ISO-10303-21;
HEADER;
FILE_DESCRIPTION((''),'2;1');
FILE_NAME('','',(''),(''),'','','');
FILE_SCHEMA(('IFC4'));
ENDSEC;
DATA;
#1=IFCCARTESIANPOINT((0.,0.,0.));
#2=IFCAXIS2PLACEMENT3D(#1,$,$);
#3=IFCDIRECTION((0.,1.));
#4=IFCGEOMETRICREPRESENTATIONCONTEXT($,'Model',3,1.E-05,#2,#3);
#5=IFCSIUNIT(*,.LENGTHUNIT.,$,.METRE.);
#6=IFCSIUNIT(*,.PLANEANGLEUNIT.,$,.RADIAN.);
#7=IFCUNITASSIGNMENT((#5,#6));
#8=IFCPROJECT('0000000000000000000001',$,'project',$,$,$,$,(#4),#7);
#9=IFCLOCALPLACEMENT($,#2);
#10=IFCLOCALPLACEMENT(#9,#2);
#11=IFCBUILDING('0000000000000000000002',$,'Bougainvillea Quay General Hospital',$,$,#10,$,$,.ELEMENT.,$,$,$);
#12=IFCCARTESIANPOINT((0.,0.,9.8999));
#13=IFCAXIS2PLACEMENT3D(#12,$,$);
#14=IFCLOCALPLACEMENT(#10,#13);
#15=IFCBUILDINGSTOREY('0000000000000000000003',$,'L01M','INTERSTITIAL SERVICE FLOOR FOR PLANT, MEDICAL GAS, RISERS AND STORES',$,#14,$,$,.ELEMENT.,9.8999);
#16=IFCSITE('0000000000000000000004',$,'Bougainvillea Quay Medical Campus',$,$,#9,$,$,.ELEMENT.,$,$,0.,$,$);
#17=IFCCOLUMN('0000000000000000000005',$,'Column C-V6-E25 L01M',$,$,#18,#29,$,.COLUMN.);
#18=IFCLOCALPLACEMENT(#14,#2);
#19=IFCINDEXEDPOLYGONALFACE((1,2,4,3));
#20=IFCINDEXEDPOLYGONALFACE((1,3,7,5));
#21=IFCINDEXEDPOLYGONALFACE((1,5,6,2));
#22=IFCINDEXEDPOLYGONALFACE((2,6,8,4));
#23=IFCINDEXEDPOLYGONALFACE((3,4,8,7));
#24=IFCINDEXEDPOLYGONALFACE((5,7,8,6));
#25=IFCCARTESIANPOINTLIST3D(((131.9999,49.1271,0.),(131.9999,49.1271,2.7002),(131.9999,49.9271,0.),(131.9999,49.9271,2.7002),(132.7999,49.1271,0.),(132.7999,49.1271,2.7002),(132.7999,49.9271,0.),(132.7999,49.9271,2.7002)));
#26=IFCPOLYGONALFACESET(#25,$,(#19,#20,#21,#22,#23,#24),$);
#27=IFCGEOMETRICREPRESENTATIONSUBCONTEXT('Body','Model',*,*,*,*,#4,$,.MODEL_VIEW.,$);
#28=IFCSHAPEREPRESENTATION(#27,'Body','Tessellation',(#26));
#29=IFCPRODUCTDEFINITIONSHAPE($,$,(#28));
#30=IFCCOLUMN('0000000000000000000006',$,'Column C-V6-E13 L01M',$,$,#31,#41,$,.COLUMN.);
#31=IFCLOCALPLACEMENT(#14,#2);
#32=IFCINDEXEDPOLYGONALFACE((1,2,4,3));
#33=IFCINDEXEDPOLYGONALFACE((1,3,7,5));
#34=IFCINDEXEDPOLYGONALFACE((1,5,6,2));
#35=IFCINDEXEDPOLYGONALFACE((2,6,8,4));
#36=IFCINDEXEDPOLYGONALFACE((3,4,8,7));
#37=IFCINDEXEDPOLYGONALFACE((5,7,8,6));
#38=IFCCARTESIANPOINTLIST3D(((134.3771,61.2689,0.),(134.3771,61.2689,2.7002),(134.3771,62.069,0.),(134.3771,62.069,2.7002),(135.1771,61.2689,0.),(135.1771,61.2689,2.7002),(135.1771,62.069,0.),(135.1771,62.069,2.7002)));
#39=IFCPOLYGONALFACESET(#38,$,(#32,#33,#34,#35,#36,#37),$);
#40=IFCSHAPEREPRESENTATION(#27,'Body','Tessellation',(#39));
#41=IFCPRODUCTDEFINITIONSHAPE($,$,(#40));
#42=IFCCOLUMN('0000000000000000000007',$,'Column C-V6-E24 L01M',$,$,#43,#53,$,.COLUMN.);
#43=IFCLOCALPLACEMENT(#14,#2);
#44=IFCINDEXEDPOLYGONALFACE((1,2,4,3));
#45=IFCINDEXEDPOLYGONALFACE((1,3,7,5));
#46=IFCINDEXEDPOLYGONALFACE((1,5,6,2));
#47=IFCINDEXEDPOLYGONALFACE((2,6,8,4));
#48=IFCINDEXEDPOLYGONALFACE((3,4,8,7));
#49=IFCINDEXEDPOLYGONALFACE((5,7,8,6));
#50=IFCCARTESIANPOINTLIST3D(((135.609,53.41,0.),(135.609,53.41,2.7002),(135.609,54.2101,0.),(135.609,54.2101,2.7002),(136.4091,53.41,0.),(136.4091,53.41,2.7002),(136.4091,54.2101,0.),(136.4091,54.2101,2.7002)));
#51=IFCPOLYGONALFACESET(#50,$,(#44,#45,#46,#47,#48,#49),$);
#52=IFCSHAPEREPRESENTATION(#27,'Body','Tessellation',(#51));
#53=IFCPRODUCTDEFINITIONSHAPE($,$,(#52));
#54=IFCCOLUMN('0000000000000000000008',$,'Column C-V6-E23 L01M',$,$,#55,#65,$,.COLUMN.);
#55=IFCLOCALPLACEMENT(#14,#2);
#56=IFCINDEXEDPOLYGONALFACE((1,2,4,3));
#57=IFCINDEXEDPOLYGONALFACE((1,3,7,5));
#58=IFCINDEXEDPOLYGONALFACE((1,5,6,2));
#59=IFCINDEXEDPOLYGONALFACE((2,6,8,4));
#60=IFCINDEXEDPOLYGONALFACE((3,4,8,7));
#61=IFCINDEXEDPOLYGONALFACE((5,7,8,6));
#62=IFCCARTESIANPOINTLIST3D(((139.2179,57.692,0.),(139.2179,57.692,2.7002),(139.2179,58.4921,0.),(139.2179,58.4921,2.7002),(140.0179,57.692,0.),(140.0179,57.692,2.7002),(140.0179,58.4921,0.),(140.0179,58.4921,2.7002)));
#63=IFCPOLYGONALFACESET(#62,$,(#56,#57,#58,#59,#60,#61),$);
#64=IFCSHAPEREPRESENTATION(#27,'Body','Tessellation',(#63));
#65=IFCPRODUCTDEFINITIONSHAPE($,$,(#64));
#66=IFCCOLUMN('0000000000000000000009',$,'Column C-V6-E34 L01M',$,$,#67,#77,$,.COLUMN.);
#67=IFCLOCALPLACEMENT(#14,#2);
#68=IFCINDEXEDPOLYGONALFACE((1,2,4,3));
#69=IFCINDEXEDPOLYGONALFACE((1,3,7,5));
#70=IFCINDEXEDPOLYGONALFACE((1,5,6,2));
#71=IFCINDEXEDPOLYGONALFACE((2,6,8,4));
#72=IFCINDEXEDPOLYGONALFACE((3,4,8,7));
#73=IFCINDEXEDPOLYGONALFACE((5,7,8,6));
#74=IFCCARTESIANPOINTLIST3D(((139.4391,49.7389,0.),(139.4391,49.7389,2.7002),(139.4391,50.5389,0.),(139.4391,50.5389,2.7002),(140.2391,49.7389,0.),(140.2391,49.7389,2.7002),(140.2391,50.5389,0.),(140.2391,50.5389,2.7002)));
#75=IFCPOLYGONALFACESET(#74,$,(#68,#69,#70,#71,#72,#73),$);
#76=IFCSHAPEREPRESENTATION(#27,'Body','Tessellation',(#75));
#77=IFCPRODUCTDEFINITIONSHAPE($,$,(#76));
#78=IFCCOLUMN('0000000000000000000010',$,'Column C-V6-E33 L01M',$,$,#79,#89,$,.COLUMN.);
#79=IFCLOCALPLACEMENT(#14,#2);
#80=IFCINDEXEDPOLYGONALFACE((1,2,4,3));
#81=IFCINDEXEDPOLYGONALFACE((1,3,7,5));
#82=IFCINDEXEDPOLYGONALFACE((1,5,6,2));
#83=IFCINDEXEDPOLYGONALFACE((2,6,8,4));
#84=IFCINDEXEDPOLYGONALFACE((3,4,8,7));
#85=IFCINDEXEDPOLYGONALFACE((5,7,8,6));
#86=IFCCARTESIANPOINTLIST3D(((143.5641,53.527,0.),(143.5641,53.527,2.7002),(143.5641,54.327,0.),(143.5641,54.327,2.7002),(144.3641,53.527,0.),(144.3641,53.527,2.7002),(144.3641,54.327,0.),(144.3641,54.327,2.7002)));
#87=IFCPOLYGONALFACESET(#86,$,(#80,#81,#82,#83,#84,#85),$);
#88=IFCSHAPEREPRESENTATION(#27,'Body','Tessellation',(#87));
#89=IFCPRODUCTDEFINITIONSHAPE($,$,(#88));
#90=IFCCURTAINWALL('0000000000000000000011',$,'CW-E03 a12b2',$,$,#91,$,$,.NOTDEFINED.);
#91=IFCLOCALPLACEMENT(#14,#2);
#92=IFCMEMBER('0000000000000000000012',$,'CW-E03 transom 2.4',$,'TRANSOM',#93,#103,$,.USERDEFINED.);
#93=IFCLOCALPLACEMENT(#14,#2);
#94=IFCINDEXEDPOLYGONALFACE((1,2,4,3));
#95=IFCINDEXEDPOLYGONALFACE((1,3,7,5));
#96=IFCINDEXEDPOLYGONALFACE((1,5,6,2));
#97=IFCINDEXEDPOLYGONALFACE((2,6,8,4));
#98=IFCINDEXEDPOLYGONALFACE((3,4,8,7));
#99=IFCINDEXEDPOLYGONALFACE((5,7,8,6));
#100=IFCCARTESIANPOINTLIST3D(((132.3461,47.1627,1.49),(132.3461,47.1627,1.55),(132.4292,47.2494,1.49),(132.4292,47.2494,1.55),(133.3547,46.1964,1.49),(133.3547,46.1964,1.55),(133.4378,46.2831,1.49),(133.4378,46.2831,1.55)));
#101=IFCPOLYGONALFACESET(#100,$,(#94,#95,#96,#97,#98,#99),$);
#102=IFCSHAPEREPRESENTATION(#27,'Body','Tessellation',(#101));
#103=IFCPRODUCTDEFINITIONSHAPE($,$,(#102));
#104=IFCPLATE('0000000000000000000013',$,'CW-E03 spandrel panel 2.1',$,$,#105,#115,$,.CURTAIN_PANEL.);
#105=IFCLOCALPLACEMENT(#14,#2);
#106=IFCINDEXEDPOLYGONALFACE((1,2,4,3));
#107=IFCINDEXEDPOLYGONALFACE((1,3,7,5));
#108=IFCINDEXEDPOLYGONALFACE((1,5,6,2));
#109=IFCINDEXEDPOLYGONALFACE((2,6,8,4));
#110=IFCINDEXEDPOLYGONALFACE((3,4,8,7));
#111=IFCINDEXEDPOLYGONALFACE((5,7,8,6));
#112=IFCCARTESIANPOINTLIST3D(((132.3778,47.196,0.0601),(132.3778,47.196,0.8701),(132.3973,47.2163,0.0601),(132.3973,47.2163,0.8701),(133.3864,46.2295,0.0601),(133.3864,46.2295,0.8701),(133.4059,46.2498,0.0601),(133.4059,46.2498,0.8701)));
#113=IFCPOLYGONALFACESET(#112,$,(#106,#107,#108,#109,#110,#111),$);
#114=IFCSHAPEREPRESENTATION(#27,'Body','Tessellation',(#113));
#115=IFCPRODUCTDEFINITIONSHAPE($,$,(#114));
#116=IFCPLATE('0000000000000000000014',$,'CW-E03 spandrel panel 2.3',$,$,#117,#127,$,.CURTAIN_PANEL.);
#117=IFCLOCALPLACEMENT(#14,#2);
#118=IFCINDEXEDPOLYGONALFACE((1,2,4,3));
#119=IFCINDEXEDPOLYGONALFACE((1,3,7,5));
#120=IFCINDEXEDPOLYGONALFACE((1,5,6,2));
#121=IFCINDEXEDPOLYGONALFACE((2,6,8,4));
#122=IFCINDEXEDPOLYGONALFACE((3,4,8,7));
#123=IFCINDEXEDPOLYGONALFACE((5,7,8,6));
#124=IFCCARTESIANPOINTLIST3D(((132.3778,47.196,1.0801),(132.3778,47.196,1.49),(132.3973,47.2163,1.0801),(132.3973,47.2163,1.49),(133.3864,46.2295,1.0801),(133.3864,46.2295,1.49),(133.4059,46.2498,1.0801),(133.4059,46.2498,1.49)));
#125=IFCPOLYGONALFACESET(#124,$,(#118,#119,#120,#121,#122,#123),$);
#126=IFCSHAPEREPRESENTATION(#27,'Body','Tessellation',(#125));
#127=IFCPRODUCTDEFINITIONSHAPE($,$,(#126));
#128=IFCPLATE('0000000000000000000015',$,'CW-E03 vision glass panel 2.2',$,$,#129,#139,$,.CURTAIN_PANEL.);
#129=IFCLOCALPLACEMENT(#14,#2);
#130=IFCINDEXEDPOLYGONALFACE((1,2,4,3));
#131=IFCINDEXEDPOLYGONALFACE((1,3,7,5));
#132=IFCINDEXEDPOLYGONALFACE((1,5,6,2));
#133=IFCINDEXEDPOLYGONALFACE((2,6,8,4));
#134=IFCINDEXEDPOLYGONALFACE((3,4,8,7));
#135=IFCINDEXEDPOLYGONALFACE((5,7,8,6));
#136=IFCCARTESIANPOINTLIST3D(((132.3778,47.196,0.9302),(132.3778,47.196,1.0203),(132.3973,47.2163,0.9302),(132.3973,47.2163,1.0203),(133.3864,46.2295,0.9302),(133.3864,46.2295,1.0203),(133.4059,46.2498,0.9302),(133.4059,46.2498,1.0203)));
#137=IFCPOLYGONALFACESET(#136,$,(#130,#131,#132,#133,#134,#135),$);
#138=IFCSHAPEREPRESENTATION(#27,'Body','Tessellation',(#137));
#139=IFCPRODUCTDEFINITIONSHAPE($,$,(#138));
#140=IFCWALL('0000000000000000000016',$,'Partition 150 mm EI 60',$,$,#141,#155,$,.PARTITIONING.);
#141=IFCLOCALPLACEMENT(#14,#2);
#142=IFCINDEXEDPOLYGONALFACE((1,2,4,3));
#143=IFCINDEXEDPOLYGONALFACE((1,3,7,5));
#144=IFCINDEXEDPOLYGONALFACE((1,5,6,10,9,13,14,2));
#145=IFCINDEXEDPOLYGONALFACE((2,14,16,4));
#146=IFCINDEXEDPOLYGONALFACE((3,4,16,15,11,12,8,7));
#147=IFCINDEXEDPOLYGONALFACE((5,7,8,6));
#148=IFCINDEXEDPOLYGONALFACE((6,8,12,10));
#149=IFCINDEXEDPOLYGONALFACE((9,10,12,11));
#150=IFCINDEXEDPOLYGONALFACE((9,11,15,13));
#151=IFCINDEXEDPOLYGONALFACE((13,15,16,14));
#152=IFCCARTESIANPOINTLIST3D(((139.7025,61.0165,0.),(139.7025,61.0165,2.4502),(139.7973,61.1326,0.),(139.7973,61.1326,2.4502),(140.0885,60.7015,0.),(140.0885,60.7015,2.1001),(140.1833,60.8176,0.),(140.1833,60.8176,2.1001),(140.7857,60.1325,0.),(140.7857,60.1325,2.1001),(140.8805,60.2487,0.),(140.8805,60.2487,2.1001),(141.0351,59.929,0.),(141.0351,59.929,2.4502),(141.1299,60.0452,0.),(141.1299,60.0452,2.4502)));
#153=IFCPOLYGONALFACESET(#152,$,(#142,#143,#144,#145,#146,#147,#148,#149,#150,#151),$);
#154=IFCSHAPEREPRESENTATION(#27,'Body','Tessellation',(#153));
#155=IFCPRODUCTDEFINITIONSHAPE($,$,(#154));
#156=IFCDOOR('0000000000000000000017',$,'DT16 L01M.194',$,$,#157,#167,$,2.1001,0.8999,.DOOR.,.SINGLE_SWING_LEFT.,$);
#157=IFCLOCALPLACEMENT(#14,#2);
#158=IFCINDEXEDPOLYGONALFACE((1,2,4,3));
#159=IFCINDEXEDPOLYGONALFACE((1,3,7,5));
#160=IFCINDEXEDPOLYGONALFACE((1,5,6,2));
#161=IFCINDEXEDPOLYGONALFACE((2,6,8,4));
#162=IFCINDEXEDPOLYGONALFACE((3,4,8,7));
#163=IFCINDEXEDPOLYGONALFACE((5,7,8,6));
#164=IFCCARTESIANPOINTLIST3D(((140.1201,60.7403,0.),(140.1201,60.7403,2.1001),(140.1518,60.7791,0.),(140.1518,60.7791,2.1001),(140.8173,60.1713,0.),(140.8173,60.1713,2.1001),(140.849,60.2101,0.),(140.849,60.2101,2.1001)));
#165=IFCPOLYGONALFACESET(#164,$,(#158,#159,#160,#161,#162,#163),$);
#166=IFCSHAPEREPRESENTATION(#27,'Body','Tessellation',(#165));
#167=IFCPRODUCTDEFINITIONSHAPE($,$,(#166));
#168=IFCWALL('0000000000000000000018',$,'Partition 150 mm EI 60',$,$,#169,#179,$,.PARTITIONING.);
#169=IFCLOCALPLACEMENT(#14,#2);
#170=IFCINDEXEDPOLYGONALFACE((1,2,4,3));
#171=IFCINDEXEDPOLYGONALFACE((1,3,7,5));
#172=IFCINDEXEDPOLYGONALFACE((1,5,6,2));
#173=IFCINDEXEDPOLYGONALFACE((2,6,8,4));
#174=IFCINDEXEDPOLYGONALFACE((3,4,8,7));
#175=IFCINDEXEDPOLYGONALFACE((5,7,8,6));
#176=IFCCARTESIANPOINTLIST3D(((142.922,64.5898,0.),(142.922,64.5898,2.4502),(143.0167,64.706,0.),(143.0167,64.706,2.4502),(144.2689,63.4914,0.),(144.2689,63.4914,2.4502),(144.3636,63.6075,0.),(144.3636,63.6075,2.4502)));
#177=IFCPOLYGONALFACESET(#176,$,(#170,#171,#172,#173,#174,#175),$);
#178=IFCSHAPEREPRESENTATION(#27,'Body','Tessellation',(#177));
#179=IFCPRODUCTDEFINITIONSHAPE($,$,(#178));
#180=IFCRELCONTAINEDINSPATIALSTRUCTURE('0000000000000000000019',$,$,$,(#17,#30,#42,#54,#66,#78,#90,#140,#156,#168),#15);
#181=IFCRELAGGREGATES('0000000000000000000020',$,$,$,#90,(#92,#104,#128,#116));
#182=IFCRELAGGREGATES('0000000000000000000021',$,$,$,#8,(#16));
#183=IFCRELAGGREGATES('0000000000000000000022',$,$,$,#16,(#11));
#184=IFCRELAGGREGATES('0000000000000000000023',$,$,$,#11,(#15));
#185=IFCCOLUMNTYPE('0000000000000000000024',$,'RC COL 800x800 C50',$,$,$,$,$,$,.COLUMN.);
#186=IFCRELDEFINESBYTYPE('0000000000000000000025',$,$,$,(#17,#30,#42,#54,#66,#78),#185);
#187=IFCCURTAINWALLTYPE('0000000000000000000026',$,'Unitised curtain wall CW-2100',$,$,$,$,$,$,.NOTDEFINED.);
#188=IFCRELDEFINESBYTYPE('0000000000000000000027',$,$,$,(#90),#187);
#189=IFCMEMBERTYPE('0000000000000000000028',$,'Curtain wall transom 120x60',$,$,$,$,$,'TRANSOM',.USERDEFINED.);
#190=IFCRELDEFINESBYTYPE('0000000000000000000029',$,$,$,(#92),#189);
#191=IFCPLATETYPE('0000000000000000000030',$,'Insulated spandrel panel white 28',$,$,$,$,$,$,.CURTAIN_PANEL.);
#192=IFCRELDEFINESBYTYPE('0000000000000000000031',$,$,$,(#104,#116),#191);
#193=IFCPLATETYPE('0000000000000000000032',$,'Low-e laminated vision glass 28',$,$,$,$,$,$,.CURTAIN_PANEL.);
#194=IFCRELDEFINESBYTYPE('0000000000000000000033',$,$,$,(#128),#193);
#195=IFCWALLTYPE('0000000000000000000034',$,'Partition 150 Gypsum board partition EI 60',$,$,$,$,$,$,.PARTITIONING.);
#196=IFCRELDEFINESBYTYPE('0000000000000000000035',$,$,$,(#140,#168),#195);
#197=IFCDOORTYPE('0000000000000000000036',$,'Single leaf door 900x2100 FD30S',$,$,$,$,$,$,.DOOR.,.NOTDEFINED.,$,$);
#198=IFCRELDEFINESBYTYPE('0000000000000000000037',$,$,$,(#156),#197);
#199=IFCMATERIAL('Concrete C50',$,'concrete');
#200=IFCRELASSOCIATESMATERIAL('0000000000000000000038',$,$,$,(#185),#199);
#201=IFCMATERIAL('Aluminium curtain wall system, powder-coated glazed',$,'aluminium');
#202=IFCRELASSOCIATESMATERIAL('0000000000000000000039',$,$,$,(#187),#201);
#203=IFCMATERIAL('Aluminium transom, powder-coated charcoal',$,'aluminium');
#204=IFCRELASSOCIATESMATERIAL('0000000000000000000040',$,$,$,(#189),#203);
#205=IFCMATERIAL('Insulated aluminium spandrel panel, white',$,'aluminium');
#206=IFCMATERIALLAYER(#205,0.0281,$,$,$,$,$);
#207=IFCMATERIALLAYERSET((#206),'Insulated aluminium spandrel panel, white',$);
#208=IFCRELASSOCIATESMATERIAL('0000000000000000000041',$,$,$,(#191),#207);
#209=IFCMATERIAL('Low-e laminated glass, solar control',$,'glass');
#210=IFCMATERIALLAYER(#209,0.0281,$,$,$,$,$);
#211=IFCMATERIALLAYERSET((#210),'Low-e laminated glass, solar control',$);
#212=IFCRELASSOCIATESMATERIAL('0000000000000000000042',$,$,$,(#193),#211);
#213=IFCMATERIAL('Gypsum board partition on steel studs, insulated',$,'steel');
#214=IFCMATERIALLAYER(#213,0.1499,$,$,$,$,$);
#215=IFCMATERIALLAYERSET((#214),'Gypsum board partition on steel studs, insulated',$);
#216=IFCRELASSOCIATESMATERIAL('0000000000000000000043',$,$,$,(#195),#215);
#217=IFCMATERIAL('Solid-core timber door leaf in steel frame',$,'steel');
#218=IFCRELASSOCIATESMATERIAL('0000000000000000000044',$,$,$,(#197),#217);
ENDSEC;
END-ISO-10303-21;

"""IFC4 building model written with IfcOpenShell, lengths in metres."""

from ifc_helpers import new_model, si_unit, direction, frame, frame_2d, origin, origin_2d, place, context, subcontext, project, spatial, rectangle, extrude, material, layer, layer_set, material_profile, profile_set, type_object, element, fill, aggregate, save


model = new_model("IFC4")

# Units and contexts
model_context = context("Model", 3, precision=1e-05, world=origin(), true_north=direction((0.0, 1.0)))
body_context = subcontext(model_context, "Body", "Model", "MODEL_VIEW")
ifc_project = project(units=[si_unit("LENGTHUNIT", "METRE"), si_unit("PLANEANGLEUNIT", "RADIAN")], contexts=[model_context])

# Site, building, storey
site_placement = place(None, origin())
site = spatial("IfcSite", under=ifc_project, at=site_placement, Name="Bougainvillea Quay Medical Campus", CompositionType="ELEMENT", RefElevation=0.0)
building_placement = place(site_placement, origin())
building = spatial("IfcBuilding", under=site, at=building_placement, Name="Bougainvillea Quay General Hospital", CompositionType="ELEMENT")
storey_placement = place(building_placement, frame((0.0, 0.0, 9.8999)))
storey = spatial("IfcBuildingStorey", under=building, at=storey_placement, Name="L01M", Description="INTERSTITIAL SERVICE FLOOR FOR PLANT, MEDICAL GAS, RISERS AND STORES", CompositionType="ELEMENT", Elevation=9.8999)

# Columns
ifc_material_1 = material(Name="Concrete C50", Category="concrete")
ifc_material_profile_1 = material_profile(ifc_material_1, rectangle(XDim=0.8, YDim=0.8, at=origin_2d()))
ifc_profile_set_1 = profile_set([ifc_material_profile_1], Name="Concrete C50")
column_type = type_object("IfcColumnType", Name="RC COL 800x800 C50", PredefinedType="COLUMN", material=ifc_profile_set_1)
for number, where, z_axis, x_axis, name in (
    (1, (132.3999, 49.5271, 0.0), (0.0, 0.0, 1.0), (1.0, 0.0, 0.0), "Column C-V6-E25 L01M"),
    (2, (134.7771, 61.6689, 0.0), (0.0, 0.0, 1.0), (1.0, 0.0, 0.0), "Column C-V6-E13 L01M"),
    (3, (136.009, 53.8101, 0.0), (0.0, 0.0, 1.0), (1.0, 0.0, 0.0), "Column C-V6-E24 L01M"),
    (4, (139.6179, 58.092, 0.0), (0.0, 0.0, 1.0), (1.0, 0.0, 0.0), "Column C-V6-E23 L01M"),
    (5, (139.8391, 50.1389, 0.0), (0.0, 0.0, 1.0), (1.0, 0.0, 0.0), "Column C-V6-E34 L01M"),
    (6, (143.9641, 53.927, 0.0), (0.0, 0.0, 1.0), (1.0, 0.0, 0.0), "Column C-V6-E33 L01M"),
):
    element("IfcColumn", number, at=place(storey_placement, frame(where, z_axis=z_axis, x_axis=x_axis)), inside=storey, type_object=column_type, Name=name, PredefinedType="COLUMN", context=body_context, shape_type="SweptSolid", body=[
        extrude(rectangle(XDim=0.8, YDim=0.8, at=origin_2d()), origin(), (0.0, 0.0, 1.0), 2.7002),
    ])

# Curtain wall, member, plates
ifc_material_2 = material(Name="Aluminium curtain wall system, powder-coated glazed", Category="aluminium")
curtain_wall_type = type_object("IfcCurtainWallType", Name="Unitised curtain wall CW-2100", PredefinedType="NOTDEFINED", material=ifc_material_2)
curtain_wall_placement = place(storey_placement, origin())
curtain_wall = element("IfcCurtainWall", 7, at=curtain_wall_placement, inside=storey, type_object=curtain_wall_type, Name="CW-E03 a12b2", PredefinedType="NOTDEFINED")
ifc_material_3 = material(Name="Aluminium transom, powder-coated charcoal", Category="aluminium")
ifc_material_profile_2 = material_profile(ifc_material_3, rectangle(XDim=0.1201, YDim=0.0601, at=origin_2d()))
ifc_profile_set_2 = profile_set([ifc_material_profile_2], Name="Aluminium transom, powder-coated charcoal")
member_type = type_object("IfcMemberType", Name="Curtain wall transom 120x60", ElementType="TRANSOM", PredefinedType="USERDEFINED", material=ifc_profile_set_2)
member_placement = place(storey_placement, frame((132.3877, 47.2061, 1.52), z_axis=(0.722065, -0.691826, 0.0), x_axis=(0.691826, 0.722065, 0.0)))
member = element("IfcMember", 8, at=member_placement, type_object=member_type, Name="CW-E03 transom 2.4", ObjectType="TRANSOM", PredefinedType="USERDEFINED", context=body_context, shape_type="SweptSolid", body=[
    extrude(rectangle(XDim=0.1201, YDim=0.0601, at=origin_2d()), origin(), (0.0, 0.0, 1.0), 1.3967),
])
ifc_material_4 = material(Name="Insulated aluminium spandrel panel, white", Category="aluminium")
ifc_layer_1 = layer(ifc_material_4, 0.0281)
ifc_layer_set_1 = layer_set([ifc_layer_1], Name="Insulated aluminium spandrel panel, white")
plate_type_1 = type_object("IfcPlateType", Name="Insulated spandrel panel white 28", PredefinedType="CURTAIN_PANEL", material=ifc_layer_set_1)
plate_1_placement = place(storey_placement, frame((132.8918, 46.7229, 0.0601), z_axis=(0.0, 0.0, 1.0), x_axis=(0.722002, -0.691891, 0.0)))
plate_1 = element("IfcPlate", 9, at=plate_1_placement, type_object=plate_type_1, Name="CW-E03 spandrel panel 2.1", PredefinedType="CURTAIN_PANEL", context=body_context, shape_type="SweptSolid", body=[
    extrude(rectangle(XDim=1.397, YDim=0.0281, at=origin_2d()), origin(), (0.0, 0.0, 1.0), 0.8101),
])
plate_2_placement = place(storey_placement, frame((132.8918, 46.7229, 1.0801), z_axis=(0.0, 0.0, 1.0), x_axis=(0.722002, -0.691891, 0.0)))
plate_2 = element("IfcPlate", 10, at=plate_2_placement, type_object=plate_type_1, Name="CW-E03 spandrel panel 2.3", PredefinedType="CURTAIN_PANEL", context=body_context, shape_type="SweptSolid", body=[
    extrude(rectangle(XDim=1.397, YDim=0.0281, at=origin_2d()), origin(), (0.0, 0.0, 1.0), 0.4099),
])
ifc_material_5 = material(Name="Low-e laminated glass, solar control", Category="glass")
ifc_layer_2 = layer(ifc_material_5, 0.0281)
ifc_layer_set_2 = layer_set([ifc_layer_2], Name="Low-e laminated glass, solar control")
plate_type_2 = type_object("IfcPlateType", Name="Low-e laminated vision glass 28", PredefinedType="CURTAIN_PANEL", material=ifc_layer_set_2)
plate_3_placement = place(storey_placement, frame((132.8918, 46.7229, 0.9302), z_axis=(0.0, 0.0, 1.0), x_axis=(0.722002, -0.691891, 0.0)))
plate_3 = element("IfcPlate", 11, at=plate_3_placement, type_object=plate_type_2, Name="CW-E03 vision glass panel 2.2", PredefinedType="CURTAIN_PANEL", context=body_context, shape_type="SweptSolid", body=[
    extrude(rectangle(XDim=1.397, YDim=0.0281, at=origin_2d()), origin(), (0.0, 0.0, 1.0), 0.0901),
])
aggregate(curtain_wall, [member, plate_1, plate_3, plate_2])

# Wall, opening, door
ifc_material_6 = material(Name="Gypsum board partition on steel studs, insulated", Category="steel")
ifc_layer_3 = layer(ifc_material_6, 0.1499)
ifc_layer_set_3 = layer_set([ifc_layer_3], Name="Gypsum board partition on steel studs, insulated")
wall_type_1 = type_object("IfcWallType", Name="Partition 150 Gypsum board partition EI 60", PredefinedType="PARTITIONING", material=ifc_layer_set_3)
wall_1_placement = place(storey_placement, frame((139.75, 61.0745, 0.0), z_axis=(0.0, 0.0, 1.0), x_axis=(0.774766, -0.632248, 0.0)))
wall_1 = element("IfcWall", 12, at=wall_1_placement, inside=storey, type_object=wall_type_1, Name="Partition 150 mm EI 60", PredefinedType="PARTITIONING", context=body_context, shape_type="SweptSolid", body=[
    extrude(rectangle(XDim=1.72, YDim=0.1499, at=frame_2d((0.8599, 0.0))), origin(), (0.0, 0.0, 1.0), 2.4502),
])
opening_1_placement = place(wall_1_placement, frame((0.498, 0.0, 0.0)))
opening_1 = element("IfcOpeningElement", 13, at=opening_1_placement, cuts=wall_1, PredefinedType="OPENING", context=body_context, shape_type="SweptSolid", body=[
    extrude(rectangle(XDim=0.8999, YDim=2.1001, at=frame_2d((0.45, 1.05))), frame((0.0, 0.085, 0.0), z_axis=(0.0, -1.0, 0.0), x_axis=(1.0, 0.0, 0.0)), (0.0, 0.0, 1.0), 0.1699),
])
ifc_material_7 = material(Name="Solid-core timber door leaf in steel frame", Category="steel")
door_type = type_object("IfcDoorType", Name="Single leaf door 900x2100 FD30S", OperationType="NOTDEFINED", PredefinedType="DOOR", material=ifc_material_7)
door_1_placement = place(opening_1_placement, frame((0.8999, 0.0, 0.0), z_axis=(0.0, 0.0, 1.0), x_axis=(-1.0, 0.0, 0.0)))
door_1 = element("IfcDoor", 14, at=door_1_placement, inside=storey, type_object=door_type, Name="DT16 L01M.194", OperationType="SINGLE_SWING_LEFT", OverallHeight=2.1001, OverallWidth=0.8999, PredefinedType="DOOR", context=body_context, shape_type="SweptSolid", body=[
    extrude(rectangle(XDim=0.8999, YDim=2.1001, at=frame_2d((0.45, 1.05))), frame((0.0, 0.0249, 0.0), z_axis=(0.0, -1.0, 0.0), x_axis=(1.0, 0.0, 0.0)), (0.0, 0.0, 1.0), 0.05),
])
fill(opening_1, door_1)

# Wall
wall_2_placement = place(storey_placement, frame((142.9692, 64.6479, 0.0), z_axis=(0.0, 0.0, 1.0), x_axis=(0.774983, -0.631982, 0.0)))
element("IfcWall", 15, at=wall_2_placement, inside=storey, type_object=wall_type_1, Name="Partition 150 mm EI 60", PredefinedType="PARTITIONING", context=body_context, shape_type="SweptSolid", body=[
    extrude(rectangle(XDim=1.738, YDim=0.1499, at=frame_2d((0.8691, 0.0))), origin(), (0.0, 0.0, 1.0), 2.4502),
])

save(model, "model.ifc")
